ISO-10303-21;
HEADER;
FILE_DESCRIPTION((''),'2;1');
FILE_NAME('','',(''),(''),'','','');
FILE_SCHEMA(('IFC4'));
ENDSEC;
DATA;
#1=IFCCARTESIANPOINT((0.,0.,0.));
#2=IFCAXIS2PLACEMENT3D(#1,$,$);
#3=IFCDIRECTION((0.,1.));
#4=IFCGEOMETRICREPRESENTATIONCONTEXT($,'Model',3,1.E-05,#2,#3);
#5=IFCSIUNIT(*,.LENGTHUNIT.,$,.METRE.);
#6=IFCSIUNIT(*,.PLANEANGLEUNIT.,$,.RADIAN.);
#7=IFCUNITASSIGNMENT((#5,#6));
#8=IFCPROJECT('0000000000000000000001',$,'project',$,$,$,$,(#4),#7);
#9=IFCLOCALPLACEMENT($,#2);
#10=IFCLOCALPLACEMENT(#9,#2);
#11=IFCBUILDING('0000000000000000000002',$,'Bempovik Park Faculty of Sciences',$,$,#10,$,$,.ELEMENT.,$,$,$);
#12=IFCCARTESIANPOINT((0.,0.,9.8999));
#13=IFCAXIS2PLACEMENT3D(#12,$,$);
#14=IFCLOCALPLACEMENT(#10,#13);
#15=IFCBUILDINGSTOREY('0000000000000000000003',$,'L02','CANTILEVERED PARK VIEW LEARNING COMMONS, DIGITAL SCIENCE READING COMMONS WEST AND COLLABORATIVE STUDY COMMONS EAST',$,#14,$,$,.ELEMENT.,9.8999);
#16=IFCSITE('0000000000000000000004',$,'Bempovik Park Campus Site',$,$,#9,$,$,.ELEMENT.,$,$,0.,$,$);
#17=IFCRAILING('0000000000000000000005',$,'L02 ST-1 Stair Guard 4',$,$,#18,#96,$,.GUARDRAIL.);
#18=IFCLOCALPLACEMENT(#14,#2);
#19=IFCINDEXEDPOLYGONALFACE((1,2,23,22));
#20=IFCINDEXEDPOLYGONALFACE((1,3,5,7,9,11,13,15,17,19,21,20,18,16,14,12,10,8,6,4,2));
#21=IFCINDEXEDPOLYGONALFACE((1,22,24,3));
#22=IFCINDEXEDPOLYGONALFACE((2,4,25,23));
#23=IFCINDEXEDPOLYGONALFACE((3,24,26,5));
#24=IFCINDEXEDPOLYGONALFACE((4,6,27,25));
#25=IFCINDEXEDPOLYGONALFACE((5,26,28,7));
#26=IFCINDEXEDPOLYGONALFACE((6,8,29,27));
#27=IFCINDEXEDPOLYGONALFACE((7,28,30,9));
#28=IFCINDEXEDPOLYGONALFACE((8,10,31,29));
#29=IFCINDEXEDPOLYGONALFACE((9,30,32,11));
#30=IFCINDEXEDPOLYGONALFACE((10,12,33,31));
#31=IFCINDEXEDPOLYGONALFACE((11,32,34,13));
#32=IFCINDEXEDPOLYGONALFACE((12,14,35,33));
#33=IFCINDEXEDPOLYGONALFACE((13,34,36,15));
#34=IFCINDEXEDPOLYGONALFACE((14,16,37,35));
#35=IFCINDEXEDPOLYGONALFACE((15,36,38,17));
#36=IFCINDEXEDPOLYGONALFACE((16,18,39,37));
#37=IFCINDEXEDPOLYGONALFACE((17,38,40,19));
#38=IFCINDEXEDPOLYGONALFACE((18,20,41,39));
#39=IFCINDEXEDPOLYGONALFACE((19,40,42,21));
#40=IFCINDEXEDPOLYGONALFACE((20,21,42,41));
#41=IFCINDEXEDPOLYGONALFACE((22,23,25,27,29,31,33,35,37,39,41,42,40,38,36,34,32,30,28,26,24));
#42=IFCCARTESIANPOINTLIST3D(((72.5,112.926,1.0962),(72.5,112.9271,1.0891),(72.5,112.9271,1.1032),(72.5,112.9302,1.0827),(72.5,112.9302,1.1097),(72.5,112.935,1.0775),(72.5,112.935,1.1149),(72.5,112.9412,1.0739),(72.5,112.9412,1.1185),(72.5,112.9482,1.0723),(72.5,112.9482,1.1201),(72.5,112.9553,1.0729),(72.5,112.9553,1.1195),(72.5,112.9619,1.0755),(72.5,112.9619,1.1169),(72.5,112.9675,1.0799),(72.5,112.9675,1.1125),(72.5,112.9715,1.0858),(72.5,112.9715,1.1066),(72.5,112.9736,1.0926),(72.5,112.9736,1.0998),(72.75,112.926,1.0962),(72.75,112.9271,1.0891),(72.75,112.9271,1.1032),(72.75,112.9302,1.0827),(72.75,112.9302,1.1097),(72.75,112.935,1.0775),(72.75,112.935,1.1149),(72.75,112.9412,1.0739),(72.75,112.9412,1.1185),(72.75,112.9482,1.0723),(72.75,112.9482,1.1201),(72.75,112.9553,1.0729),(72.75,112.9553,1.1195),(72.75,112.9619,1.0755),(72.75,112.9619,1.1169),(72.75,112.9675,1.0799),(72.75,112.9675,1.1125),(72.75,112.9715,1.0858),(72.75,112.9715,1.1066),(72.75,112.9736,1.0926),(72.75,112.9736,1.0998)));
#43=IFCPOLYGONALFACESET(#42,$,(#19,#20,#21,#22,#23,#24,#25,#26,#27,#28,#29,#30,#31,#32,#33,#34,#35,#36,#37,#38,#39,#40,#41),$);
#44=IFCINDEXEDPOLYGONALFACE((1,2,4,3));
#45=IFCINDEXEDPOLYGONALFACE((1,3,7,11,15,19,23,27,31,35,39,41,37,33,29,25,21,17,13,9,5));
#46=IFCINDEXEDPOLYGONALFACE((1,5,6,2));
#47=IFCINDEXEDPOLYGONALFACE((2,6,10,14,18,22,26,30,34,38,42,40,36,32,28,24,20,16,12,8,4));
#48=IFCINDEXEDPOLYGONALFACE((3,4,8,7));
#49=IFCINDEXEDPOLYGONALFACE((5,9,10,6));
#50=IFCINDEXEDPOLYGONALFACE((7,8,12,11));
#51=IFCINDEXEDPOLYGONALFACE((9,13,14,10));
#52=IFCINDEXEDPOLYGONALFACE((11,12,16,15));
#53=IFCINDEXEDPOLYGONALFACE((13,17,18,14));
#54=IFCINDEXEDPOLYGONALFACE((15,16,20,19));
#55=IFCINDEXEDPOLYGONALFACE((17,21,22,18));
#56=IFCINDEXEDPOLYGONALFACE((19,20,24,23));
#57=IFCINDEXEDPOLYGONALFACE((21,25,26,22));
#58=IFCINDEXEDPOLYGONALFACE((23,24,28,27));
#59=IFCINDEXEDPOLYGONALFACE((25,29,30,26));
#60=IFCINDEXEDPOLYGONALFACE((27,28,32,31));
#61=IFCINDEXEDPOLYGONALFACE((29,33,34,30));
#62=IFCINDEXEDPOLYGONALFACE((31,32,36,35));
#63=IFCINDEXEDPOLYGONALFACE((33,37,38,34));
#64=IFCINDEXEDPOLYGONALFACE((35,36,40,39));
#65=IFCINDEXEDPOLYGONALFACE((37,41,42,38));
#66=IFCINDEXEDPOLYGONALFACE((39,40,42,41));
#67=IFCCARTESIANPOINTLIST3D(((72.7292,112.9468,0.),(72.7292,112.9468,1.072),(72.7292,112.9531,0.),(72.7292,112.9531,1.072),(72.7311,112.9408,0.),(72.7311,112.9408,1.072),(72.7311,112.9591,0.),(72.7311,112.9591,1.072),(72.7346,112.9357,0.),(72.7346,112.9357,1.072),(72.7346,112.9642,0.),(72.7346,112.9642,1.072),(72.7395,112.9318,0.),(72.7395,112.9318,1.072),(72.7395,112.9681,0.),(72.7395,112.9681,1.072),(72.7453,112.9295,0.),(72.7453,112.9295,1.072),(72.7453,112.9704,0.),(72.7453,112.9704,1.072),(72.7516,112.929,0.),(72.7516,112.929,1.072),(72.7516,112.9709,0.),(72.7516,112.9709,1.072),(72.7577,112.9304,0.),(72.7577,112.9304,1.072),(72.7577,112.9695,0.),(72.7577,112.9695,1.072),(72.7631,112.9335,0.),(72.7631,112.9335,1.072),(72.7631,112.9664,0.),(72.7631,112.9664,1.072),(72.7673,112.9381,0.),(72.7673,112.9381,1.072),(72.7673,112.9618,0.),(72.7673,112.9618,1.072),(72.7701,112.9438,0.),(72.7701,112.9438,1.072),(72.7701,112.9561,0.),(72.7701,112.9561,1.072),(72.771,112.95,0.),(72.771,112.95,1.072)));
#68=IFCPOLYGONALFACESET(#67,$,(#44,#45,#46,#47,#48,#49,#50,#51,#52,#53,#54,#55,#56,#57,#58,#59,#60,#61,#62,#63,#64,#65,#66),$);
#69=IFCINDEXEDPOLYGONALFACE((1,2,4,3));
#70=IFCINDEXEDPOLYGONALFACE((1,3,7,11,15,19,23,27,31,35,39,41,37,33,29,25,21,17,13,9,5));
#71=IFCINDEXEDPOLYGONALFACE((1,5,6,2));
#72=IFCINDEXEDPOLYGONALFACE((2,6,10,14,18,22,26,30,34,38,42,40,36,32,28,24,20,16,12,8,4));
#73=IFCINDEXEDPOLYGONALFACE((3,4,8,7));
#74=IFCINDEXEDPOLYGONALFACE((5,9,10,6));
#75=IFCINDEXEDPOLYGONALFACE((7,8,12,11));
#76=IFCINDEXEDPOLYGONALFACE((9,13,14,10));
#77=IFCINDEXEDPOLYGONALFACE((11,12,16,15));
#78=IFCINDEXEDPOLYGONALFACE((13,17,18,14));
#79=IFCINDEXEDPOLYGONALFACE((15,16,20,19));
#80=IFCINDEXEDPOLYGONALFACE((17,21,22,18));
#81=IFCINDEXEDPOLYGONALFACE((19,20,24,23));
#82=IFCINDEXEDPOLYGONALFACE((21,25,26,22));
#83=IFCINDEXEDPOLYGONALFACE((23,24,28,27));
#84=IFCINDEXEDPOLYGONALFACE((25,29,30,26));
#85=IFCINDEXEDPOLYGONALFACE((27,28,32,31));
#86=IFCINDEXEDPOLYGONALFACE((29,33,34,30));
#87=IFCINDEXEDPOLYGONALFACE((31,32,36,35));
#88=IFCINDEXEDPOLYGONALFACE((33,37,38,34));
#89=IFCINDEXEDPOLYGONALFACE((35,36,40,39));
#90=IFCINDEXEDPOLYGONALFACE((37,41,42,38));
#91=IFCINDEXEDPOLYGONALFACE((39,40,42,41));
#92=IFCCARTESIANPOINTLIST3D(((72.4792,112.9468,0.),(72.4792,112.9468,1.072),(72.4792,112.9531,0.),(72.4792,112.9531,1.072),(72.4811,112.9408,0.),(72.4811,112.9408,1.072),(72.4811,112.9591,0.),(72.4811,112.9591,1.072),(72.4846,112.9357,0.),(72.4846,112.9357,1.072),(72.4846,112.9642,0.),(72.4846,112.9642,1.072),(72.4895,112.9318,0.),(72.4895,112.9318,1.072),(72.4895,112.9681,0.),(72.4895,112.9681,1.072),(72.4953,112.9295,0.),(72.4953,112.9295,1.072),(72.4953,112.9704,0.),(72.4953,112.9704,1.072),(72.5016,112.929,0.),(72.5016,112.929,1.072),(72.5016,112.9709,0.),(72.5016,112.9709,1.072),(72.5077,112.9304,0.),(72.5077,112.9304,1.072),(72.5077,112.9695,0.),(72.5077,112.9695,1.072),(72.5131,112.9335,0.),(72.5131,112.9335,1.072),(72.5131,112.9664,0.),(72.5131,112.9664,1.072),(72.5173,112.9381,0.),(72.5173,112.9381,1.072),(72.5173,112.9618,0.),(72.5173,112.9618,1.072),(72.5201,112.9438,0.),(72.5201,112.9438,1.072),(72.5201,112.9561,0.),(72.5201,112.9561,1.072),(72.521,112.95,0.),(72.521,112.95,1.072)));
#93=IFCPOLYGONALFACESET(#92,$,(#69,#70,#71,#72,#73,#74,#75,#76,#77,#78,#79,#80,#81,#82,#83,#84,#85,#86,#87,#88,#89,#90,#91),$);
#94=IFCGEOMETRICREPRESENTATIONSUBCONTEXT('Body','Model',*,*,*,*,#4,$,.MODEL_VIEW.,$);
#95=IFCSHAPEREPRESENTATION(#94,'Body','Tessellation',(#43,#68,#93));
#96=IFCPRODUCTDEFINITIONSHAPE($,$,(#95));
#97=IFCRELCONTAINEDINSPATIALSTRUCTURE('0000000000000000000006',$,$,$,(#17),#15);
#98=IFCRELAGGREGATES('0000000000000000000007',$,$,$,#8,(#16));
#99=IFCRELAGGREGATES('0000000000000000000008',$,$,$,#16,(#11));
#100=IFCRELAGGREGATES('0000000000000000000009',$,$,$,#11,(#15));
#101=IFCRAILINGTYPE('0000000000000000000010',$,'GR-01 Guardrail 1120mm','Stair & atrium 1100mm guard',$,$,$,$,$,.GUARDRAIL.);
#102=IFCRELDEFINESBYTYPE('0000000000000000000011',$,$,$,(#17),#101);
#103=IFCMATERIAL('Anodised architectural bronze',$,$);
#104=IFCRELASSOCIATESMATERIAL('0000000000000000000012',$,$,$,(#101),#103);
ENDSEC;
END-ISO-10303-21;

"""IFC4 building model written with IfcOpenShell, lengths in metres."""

from ifc_helpers import new_model, si_unit, direction, frame, origin, origin_2d, place, context, subcontext, project, spatial, circle, extrude, material, type_object, element, save


model = new_model("IFC4")

# Units and contexts
model_context = context("Model", 3, precision=1e-05, world=origin(), true_north=direction((0.0, 1.0)))
body_context = subcontext(model_context, "Body", "Model", "MODEL_VIEW")
ifc_project = project(units=[si_unit("LENGTHUNIT", "METRE"), si_unit("PLANEANGLEUNIT", "RADIAN")], contexts=[model_context])

# Site, building, storey
site_placement = place(None, origin())
site = spatial("IfcSite", under=ifc_project, at=site_placement, Name="Bempovik Park Campus Site", CompositionType="ELEMENT", RefElevation=0.0)
building_placement = place(site_placement, origin())
building = spatial("IfcBuilding", under=site, at=building_placement, Name="Bempovik Park Faculty of Sciences", CompositionType="ELEMENT")
storey_placement = place(building_placement, frame((0.0, 0.0, 9.8999)))
storey = spatial("IfcBuildingStorey", under=building, at=storey_placement, Name="L02", Description="CANTILEVERED PARK VIEW LEARNING COMMONS, DIGITAL SCIENCE READING COMMONS WEST AND COLLABORATIVE STUDY COMMONS EAST", CompositionType="ELEMENT", Elevation=9.8999)

# Railing
ifc_material_1 = material(Name="Anodised architectural bronze")
railing_type_1 = type_object("IfcRailingType", Name="GR-01 Guardrail 1120mm", Description="Stair & atrium 1100mm guard", PredefinedType="GUARDRAIL", material=ifc_material_1)
railing_1_placement = place(storey_placement, frame((72.75, 112.95, 0.0)))
element("IfcRailing", 1, at=railing_1_placement, inside=storey, type_object=railing_type_1, Name="L02 ST-1 Stair Guard 4", PredefinedType="GUARDRAIL", context=body_context, shape_type="SweptSolid", body=[
    extrude(circle(Radius=0.0239, at=origin_2d()), frame((0.0, 0.0, 1.0962), z_axis=(-1.0, 0.0, 0.0), x_axis=(0.0, -1.0, 0.0)), (0.0, 0.0, 1.0), 0.25),
    extrude(circle(Radius=0.021, at=origin_2d()), origin(), (0.0, 0.0, 1.0), 1.072),
    extrude(circle(Radius=0.021, at=origin_2d()), frame((-0.25, 0.0, 0.0)), (0.0, 0.0, 1.0), 1.072),
])

save(model, "model.ifc")
